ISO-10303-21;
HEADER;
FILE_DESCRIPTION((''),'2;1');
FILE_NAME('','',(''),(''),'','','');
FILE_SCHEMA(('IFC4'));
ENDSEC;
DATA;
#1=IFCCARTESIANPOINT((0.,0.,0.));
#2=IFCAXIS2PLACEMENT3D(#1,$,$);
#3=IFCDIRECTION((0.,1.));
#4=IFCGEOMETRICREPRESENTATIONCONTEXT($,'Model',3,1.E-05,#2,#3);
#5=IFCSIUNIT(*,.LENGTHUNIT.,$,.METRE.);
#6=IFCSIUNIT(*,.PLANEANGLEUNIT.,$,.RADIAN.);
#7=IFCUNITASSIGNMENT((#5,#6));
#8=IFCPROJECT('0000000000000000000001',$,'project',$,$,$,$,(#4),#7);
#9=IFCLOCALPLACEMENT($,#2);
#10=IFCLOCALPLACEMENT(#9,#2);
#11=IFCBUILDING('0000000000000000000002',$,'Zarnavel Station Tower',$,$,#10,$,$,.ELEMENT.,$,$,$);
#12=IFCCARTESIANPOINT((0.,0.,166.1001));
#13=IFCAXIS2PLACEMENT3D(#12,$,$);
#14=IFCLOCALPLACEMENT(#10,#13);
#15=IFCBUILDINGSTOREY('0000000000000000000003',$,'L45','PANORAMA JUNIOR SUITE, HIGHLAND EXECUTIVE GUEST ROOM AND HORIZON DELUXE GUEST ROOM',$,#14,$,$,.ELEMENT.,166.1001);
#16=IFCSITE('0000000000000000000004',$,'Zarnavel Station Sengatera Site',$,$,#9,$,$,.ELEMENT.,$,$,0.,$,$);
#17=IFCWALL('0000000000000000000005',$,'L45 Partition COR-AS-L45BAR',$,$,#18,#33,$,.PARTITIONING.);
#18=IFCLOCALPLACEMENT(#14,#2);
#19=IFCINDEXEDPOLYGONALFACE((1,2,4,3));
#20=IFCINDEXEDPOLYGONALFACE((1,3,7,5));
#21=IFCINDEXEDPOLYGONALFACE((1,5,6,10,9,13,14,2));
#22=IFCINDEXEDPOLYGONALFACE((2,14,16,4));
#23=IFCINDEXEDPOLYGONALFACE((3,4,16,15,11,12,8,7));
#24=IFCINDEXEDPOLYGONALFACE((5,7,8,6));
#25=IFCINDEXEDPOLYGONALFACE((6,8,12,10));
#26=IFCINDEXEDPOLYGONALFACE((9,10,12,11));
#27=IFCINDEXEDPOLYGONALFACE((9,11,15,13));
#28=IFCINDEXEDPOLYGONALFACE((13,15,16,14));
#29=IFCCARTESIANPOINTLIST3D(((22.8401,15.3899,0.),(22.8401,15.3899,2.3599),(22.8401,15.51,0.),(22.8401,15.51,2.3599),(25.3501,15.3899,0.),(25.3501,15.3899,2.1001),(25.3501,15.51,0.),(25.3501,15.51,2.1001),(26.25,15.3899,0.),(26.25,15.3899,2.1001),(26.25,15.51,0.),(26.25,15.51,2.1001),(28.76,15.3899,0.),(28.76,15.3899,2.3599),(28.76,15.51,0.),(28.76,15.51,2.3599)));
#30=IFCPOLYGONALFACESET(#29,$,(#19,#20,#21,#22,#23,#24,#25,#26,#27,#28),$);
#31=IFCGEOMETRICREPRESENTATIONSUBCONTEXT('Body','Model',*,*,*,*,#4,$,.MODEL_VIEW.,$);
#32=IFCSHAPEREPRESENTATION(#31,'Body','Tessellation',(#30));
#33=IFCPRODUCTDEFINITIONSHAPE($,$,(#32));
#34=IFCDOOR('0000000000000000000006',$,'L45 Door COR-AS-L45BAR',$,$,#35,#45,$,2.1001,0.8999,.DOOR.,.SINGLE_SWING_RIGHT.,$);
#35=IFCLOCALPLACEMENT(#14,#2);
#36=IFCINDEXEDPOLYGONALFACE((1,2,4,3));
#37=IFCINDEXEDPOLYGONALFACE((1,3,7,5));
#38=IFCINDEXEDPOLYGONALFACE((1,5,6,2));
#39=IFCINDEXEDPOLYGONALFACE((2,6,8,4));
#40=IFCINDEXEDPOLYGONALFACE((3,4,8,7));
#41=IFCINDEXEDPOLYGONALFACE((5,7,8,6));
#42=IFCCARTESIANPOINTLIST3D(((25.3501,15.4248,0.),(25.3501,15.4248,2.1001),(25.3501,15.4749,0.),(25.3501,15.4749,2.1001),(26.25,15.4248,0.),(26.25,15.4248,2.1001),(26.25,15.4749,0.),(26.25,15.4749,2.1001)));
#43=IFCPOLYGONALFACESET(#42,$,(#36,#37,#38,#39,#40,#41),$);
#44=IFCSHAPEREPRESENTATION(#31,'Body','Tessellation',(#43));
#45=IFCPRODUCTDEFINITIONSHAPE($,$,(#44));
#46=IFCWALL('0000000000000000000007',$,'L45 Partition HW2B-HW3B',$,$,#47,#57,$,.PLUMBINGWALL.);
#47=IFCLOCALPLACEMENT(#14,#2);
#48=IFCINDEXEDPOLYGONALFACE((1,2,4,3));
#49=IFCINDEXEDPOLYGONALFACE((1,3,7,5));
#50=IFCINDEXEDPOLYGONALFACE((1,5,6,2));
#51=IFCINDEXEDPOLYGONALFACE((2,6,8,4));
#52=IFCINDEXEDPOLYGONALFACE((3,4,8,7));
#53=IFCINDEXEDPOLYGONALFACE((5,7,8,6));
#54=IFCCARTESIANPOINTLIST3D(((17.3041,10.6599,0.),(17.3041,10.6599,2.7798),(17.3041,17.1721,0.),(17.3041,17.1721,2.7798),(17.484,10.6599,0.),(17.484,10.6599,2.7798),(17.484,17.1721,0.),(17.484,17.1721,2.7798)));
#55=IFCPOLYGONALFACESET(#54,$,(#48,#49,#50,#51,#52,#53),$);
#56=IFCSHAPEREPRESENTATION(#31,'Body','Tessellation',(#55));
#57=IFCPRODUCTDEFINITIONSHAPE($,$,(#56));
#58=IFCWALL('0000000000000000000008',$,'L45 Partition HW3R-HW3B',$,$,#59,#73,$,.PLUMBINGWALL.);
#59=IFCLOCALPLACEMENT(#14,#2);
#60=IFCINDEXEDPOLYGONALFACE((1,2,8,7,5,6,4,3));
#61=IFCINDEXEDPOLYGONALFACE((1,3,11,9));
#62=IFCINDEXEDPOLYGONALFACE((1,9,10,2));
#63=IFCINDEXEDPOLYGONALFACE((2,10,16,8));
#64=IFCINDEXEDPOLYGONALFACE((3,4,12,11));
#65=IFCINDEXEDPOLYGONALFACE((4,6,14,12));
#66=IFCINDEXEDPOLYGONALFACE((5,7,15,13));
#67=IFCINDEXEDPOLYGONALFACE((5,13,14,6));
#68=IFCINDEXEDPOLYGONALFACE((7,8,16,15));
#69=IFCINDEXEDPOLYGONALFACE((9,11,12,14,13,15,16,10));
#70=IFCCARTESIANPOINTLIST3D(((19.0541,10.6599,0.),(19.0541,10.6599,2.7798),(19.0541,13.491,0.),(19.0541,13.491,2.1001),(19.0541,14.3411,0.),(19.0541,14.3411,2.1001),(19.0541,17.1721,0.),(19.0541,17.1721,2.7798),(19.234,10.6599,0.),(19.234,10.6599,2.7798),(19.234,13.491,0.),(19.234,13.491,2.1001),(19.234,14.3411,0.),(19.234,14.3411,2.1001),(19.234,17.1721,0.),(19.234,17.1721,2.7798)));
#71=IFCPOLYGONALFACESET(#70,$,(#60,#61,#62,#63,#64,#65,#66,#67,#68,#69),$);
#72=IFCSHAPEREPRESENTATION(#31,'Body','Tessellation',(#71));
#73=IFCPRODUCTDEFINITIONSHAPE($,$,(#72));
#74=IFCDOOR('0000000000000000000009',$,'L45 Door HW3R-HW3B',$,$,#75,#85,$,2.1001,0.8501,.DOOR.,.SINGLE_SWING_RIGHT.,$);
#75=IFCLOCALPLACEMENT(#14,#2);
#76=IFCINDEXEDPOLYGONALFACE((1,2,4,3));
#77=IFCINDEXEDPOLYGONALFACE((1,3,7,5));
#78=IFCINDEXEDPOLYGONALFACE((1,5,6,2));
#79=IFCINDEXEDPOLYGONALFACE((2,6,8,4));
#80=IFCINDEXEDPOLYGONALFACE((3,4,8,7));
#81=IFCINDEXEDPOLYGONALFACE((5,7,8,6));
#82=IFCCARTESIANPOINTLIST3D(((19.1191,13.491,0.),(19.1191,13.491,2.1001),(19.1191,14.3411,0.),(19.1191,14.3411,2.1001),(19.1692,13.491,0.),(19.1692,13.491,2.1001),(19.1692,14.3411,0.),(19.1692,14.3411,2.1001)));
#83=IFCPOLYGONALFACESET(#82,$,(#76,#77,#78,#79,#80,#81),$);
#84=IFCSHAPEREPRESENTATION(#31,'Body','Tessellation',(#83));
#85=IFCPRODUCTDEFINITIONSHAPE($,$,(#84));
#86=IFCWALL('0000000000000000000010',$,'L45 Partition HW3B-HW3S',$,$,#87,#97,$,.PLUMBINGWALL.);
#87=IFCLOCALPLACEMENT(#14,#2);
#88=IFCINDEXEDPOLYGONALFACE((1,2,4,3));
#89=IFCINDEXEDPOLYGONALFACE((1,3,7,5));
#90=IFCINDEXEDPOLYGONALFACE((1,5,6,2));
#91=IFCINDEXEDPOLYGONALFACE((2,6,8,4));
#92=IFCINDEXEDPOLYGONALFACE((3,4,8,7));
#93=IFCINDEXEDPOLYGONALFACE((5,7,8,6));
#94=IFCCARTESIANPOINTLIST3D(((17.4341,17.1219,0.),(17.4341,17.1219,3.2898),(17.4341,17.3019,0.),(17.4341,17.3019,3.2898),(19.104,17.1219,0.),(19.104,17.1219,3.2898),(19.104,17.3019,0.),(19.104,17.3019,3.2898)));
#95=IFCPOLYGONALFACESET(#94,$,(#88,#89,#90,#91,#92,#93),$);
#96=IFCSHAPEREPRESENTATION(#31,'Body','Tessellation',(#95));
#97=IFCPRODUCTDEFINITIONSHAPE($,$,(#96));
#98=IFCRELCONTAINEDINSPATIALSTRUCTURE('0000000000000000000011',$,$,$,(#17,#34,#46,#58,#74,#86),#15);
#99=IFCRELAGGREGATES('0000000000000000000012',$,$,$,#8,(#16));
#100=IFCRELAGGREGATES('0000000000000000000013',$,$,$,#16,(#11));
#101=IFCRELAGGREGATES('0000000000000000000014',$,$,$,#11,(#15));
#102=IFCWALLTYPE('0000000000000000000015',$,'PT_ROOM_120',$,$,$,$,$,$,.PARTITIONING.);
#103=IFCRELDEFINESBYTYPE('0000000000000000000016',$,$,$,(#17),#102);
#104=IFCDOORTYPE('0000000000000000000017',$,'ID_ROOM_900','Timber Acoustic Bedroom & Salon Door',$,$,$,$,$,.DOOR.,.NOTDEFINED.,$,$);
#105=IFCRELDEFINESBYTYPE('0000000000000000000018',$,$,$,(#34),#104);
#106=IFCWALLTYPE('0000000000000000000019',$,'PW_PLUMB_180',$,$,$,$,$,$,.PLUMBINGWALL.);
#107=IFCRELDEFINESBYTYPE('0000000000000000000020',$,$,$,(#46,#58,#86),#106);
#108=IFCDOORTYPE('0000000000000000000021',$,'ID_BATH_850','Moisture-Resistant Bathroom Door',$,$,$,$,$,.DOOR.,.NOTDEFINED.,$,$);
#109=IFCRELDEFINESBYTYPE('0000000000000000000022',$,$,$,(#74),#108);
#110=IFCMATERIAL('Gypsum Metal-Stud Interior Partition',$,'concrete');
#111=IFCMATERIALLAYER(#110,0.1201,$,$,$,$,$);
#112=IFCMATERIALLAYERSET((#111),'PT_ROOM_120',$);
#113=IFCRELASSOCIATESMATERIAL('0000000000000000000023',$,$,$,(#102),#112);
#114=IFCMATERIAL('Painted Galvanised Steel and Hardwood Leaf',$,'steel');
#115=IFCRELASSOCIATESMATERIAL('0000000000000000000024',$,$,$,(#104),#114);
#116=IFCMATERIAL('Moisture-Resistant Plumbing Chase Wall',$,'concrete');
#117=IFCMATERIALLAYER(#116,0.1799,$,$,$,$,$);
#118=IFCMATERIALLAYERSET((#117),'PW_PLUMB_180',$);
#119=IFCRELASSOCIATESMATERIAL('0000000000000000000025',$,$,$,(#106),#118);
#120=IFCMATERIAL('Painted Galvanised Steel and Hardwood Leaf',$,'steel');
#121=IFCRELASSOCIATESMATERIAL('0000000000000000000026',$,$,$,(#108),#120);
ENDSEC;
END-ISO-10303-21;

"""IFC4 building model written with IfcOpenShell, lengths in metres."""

from ifc_helpers import new_model, si_unit, direction, frame, frame_2d, origin, place, context, subcontext, project, spatial, rectangle, extrude, material, layer, layer_set, type_object, element, fill, save


model = new_model("IFC4")

# Units and contexts
model_context = context("Model", 3, precision=1e-05, world=origin(), true_north=direction((0.0, 1.0)))
body_context = subcontext(model_context, "Body", "Model", "MODEL_VIEW")
ifc_project = project(units=[si_unit("LENGTHUNIT", "METRE"), si_unit("PLANEANGLEUNIT", "RADIAN")], contexts=[model_context])

# Site, building, storey
site_placement = place(None, origin())
site = spatial("IfcSite", under=ifc_project, at=site_placement, Name="Zarnavel Station Sengatera Site", CompositionType="ELEMENT", RefElevation=0.0)
building_placement = place(site_placement, origin())
building = spatial("IfcBuilding", under=site, at=building_placement, Name="Zarnavel Station Tower", CompositionType="ELEMENT")
storey_placement = place(building_placement, frame((0.0, 0.0, 166.1001)))
storey = spatial("IfcBuildingStorey", under=building, at=storey_placement, Name="L45", Description="PANORAMA JUNIOR SUITE, HIGHLAND EXECUTIVE GUEST ROOM AND HORIZON DELUXE GUEST ROOM", CompositionType="ELEMENT", Elevation=166.1001)

# Wall, opening, door
ifc_material_1 = material(Name="Gypsum Metal-Stud Interior Partition", Category="concrete")
ifc_layer_1 = layer(ifc_material_1, 0.1201)
ifc_layer_set_1 = layer_set([ifc_layer_1], Name="PT_ROOM_120")
wall_type_1 = type_object("IfcWallType", Name="PT_ROOM_120", PredefinedType="PARTITIONING", material=ifc_layer_set_1)
wall_1_placement = place(storey_placement, frame((22.8401, 15.45, 0.0), z_axis=(0.0, 0.0, 1.0), x_axis=(1.0, 0.0, 0.0)))
wall_1 = element("IfcWall", 1, at=wall_1_placement, inside=storey, type_object=wall_type_1, Name="L45 Partition COR-AS-L45BAR", PredefinedType="PARTITIONING", context=body_context, shape_type="SweptSolid", body=[
    extrude(rectangle(XDim=5.9199, YDim=0.1201, at=frame_2d((2.96, 0.0))), origin(), (0.0, 0.0, 1.0), 2.3599),
])
opening_1_placement = place(wall_1_placement, frame((2.51, 0.0, 0.0)))
opening_1 = element("IfcOpeningElement", 2, at=opening_1_placement, cuts=wall_1, PredefinedType="OPENING", context=body_context, shape_type="SweptSolid", body=[
    extrude(rectangle(XDim=0.8999, YDim=2.1001, at=frame_2d((0.45, 1.05))), frame((0.0, 0.0701, 0.0), z_axis=(0.0, -1.0, 0.0), x_axis=(1.0, 0.0, 0.0)), (0.0, 0.0, 1.0), 0.1401),
])
ifc_material_2 = material(Name="Painted Galvanised Steel and Hardwood Leaf", Category="steel")
door_type_1 = type_object("IfcDoorType", Name="ID_ROOM_900", Description="Timber Acoustic Bedroom & Salon Door", OperationType="NOTDEFINED", PredefinedType="DOOR", material=ifc_material_2)
door_1_placement = place(opening_1_placement, origin())
door_1 = element("IfcDoor", 3, at=door_1_placement, inside=storey, type_object=door_type_1, Name="L45 Door COR-AS-L45BAR", OperationType="SINGLE_SWING_RIGHT", OverallHeight=2.1001, OverallWidth=0.8999, PredefinedType="DOOR", context=body_context, shape_type="SweptSolid", body=[
    extrude(rectangle(XDim=0.8999, YDim=2.1001, at=frame_2d((0.45, 1.05))), frame((0.0, 0.0249, 0.0), z_axis=(0.0, -1.0, 0.0), x_axis=(1.0, 0.0, 0.0)), (0.0, 0.0, 1.0), 0.05),
])
fill(opening_1, door_1)

# Wall
ifc_material_3 = material(Name="Moisture-Resistant Plumbing Chase Wall", Category="concrete")
ifc_layer_2 = layer(ifc_material_3, 0.1799)
ifc_layer_set_2 = layer_set([ifc_layer_2], Name="PW_PLUMB_180")
wall_type_2 = type_object("IfcWallType", Name="PW_PLUMB_180", PredefinedType="PLUMBINGWALL", material=ifc_layer_set_2)
wall_2_placement = place(storey_placement, frame((17.394, 10.6599, 0.0), z_axis=(0.0, 0.0, 1.0), x_axis=(0.0, 1.0, 0.0)))
element("IfcWall", 4, at=wall_2_placement, inside=storey, type_object=wall_type_2, Name="L45 Partition HW2B-HW3B", PredefinedType="PLUMBINGWALL", context=body_context, shape_type="SweptSolid", body=[
    extrude(rectangle(XDim=6.5122, YDim=0.1799, at=frame_2d((3.2561, 0.0))), origin(), (0.0, 0.0, 1.0), 2.7798),
])

# Wall, opening, door
wall_3_placement = place(storey_placement, frame((19.144, 10.6599, 0.0), z_axis=(0.0, 0.0, 1.0), x_axis=(0.0, 1.0, 0.0)))
wall_3 = element("IfcWall", 5, at=wall_3_placement, inside=storey, type_object=wall_type_2, Name="L45 Partition HW3R-HW3B", PredefinedType="PLUMBINGWALL", context=body_context, shape_type="SweptSolid", body=[
    extrude(rectangle(XDim=6.5122, YDim=0.1799, at=frame_2d((3.2561, 0.0))), origin(), (0.0, 0.0, 1.0), 2.7798),
])
opening_2_placement = place(wall_3_placement, frame((2.8311, 0.0, 0.0)))
opening_2 = element("IfcOpeningElement", 6, at=opening_2_placement, cuts=wall_3, PredefinedType="OPENING", context=body_context, shape_type="SweptSolid", body=[
    extrude(rectangle(XDim=0.8501, YDim=2.1001, at=frame_2d((0.425, 1.05))), frame((0.0, 0.0999, 0.0), z_axis=(0.0, -1.0, 0.0), x_axis=(1.0, 0.0, 0.0)), (0.0, 0.0, 1.0), 0.2),
])
ifc_material_4 = material(Name="Painted Galvanised Steel and Hardwood Leaf", Category="steel")
door_type_2 = type_object("IfcDoorType", Name="ID_BATH_850", Description="Moisture-Resistant Bathroom Door", OperationType="NOTDEFINED", PredefinedType="DOOR", material=ifc_material_4)
door_2_placement = place(opening_2_placement, origin())
door_2 = element("IfcDoor", 7, at=door_2_placement, inside=storey, type_object=door_type_2, Name="L45 Door HW3R-HW3B", OperationType="SINGLE_SWING_RIGHT", OverallHeight=2.1001, OverallWidth=0.8501, PredefinedType="DOOR", context=body_context, shape_type="SweptSolid", body=[
    extrude(rectangle(XDim=0.8501, YDim=2.1001, at=frame_2d((0.425, 1.05))), frame((0.0, 0.0249, 0.0), z_axis=(0.0, -1.0, 0.0), x_axis=(1.0, 0.0, 0.0)), (0.0, 0.0, 1.0), 0.05),
])
fill(opening_2, door_2)

# Wall
wall_4_placement = place(storey_placement, frame((17.4341, 17.2119, 0.0), z_axis=(0.0, 0.0, 1.0), x_axis=(1.0, 0.0, 0.0)))
element("IfcWall", 8, at=wall_4_placement, inside=storey, type_object=wall_type_2, Name="L45 Partition HW3B-HW3S", PredefinedType="PLUMBINGWALL", context=body_context, shape_type="SweptSolid", body=[
    extrude(rectangle(XDim=1.6699, YDim=0.1799, at=frame_2d((0.835, 0.0))), origin(), (0.0, 0.0, 1.0), 3.2898),
])

save(model, "model.ifc")
